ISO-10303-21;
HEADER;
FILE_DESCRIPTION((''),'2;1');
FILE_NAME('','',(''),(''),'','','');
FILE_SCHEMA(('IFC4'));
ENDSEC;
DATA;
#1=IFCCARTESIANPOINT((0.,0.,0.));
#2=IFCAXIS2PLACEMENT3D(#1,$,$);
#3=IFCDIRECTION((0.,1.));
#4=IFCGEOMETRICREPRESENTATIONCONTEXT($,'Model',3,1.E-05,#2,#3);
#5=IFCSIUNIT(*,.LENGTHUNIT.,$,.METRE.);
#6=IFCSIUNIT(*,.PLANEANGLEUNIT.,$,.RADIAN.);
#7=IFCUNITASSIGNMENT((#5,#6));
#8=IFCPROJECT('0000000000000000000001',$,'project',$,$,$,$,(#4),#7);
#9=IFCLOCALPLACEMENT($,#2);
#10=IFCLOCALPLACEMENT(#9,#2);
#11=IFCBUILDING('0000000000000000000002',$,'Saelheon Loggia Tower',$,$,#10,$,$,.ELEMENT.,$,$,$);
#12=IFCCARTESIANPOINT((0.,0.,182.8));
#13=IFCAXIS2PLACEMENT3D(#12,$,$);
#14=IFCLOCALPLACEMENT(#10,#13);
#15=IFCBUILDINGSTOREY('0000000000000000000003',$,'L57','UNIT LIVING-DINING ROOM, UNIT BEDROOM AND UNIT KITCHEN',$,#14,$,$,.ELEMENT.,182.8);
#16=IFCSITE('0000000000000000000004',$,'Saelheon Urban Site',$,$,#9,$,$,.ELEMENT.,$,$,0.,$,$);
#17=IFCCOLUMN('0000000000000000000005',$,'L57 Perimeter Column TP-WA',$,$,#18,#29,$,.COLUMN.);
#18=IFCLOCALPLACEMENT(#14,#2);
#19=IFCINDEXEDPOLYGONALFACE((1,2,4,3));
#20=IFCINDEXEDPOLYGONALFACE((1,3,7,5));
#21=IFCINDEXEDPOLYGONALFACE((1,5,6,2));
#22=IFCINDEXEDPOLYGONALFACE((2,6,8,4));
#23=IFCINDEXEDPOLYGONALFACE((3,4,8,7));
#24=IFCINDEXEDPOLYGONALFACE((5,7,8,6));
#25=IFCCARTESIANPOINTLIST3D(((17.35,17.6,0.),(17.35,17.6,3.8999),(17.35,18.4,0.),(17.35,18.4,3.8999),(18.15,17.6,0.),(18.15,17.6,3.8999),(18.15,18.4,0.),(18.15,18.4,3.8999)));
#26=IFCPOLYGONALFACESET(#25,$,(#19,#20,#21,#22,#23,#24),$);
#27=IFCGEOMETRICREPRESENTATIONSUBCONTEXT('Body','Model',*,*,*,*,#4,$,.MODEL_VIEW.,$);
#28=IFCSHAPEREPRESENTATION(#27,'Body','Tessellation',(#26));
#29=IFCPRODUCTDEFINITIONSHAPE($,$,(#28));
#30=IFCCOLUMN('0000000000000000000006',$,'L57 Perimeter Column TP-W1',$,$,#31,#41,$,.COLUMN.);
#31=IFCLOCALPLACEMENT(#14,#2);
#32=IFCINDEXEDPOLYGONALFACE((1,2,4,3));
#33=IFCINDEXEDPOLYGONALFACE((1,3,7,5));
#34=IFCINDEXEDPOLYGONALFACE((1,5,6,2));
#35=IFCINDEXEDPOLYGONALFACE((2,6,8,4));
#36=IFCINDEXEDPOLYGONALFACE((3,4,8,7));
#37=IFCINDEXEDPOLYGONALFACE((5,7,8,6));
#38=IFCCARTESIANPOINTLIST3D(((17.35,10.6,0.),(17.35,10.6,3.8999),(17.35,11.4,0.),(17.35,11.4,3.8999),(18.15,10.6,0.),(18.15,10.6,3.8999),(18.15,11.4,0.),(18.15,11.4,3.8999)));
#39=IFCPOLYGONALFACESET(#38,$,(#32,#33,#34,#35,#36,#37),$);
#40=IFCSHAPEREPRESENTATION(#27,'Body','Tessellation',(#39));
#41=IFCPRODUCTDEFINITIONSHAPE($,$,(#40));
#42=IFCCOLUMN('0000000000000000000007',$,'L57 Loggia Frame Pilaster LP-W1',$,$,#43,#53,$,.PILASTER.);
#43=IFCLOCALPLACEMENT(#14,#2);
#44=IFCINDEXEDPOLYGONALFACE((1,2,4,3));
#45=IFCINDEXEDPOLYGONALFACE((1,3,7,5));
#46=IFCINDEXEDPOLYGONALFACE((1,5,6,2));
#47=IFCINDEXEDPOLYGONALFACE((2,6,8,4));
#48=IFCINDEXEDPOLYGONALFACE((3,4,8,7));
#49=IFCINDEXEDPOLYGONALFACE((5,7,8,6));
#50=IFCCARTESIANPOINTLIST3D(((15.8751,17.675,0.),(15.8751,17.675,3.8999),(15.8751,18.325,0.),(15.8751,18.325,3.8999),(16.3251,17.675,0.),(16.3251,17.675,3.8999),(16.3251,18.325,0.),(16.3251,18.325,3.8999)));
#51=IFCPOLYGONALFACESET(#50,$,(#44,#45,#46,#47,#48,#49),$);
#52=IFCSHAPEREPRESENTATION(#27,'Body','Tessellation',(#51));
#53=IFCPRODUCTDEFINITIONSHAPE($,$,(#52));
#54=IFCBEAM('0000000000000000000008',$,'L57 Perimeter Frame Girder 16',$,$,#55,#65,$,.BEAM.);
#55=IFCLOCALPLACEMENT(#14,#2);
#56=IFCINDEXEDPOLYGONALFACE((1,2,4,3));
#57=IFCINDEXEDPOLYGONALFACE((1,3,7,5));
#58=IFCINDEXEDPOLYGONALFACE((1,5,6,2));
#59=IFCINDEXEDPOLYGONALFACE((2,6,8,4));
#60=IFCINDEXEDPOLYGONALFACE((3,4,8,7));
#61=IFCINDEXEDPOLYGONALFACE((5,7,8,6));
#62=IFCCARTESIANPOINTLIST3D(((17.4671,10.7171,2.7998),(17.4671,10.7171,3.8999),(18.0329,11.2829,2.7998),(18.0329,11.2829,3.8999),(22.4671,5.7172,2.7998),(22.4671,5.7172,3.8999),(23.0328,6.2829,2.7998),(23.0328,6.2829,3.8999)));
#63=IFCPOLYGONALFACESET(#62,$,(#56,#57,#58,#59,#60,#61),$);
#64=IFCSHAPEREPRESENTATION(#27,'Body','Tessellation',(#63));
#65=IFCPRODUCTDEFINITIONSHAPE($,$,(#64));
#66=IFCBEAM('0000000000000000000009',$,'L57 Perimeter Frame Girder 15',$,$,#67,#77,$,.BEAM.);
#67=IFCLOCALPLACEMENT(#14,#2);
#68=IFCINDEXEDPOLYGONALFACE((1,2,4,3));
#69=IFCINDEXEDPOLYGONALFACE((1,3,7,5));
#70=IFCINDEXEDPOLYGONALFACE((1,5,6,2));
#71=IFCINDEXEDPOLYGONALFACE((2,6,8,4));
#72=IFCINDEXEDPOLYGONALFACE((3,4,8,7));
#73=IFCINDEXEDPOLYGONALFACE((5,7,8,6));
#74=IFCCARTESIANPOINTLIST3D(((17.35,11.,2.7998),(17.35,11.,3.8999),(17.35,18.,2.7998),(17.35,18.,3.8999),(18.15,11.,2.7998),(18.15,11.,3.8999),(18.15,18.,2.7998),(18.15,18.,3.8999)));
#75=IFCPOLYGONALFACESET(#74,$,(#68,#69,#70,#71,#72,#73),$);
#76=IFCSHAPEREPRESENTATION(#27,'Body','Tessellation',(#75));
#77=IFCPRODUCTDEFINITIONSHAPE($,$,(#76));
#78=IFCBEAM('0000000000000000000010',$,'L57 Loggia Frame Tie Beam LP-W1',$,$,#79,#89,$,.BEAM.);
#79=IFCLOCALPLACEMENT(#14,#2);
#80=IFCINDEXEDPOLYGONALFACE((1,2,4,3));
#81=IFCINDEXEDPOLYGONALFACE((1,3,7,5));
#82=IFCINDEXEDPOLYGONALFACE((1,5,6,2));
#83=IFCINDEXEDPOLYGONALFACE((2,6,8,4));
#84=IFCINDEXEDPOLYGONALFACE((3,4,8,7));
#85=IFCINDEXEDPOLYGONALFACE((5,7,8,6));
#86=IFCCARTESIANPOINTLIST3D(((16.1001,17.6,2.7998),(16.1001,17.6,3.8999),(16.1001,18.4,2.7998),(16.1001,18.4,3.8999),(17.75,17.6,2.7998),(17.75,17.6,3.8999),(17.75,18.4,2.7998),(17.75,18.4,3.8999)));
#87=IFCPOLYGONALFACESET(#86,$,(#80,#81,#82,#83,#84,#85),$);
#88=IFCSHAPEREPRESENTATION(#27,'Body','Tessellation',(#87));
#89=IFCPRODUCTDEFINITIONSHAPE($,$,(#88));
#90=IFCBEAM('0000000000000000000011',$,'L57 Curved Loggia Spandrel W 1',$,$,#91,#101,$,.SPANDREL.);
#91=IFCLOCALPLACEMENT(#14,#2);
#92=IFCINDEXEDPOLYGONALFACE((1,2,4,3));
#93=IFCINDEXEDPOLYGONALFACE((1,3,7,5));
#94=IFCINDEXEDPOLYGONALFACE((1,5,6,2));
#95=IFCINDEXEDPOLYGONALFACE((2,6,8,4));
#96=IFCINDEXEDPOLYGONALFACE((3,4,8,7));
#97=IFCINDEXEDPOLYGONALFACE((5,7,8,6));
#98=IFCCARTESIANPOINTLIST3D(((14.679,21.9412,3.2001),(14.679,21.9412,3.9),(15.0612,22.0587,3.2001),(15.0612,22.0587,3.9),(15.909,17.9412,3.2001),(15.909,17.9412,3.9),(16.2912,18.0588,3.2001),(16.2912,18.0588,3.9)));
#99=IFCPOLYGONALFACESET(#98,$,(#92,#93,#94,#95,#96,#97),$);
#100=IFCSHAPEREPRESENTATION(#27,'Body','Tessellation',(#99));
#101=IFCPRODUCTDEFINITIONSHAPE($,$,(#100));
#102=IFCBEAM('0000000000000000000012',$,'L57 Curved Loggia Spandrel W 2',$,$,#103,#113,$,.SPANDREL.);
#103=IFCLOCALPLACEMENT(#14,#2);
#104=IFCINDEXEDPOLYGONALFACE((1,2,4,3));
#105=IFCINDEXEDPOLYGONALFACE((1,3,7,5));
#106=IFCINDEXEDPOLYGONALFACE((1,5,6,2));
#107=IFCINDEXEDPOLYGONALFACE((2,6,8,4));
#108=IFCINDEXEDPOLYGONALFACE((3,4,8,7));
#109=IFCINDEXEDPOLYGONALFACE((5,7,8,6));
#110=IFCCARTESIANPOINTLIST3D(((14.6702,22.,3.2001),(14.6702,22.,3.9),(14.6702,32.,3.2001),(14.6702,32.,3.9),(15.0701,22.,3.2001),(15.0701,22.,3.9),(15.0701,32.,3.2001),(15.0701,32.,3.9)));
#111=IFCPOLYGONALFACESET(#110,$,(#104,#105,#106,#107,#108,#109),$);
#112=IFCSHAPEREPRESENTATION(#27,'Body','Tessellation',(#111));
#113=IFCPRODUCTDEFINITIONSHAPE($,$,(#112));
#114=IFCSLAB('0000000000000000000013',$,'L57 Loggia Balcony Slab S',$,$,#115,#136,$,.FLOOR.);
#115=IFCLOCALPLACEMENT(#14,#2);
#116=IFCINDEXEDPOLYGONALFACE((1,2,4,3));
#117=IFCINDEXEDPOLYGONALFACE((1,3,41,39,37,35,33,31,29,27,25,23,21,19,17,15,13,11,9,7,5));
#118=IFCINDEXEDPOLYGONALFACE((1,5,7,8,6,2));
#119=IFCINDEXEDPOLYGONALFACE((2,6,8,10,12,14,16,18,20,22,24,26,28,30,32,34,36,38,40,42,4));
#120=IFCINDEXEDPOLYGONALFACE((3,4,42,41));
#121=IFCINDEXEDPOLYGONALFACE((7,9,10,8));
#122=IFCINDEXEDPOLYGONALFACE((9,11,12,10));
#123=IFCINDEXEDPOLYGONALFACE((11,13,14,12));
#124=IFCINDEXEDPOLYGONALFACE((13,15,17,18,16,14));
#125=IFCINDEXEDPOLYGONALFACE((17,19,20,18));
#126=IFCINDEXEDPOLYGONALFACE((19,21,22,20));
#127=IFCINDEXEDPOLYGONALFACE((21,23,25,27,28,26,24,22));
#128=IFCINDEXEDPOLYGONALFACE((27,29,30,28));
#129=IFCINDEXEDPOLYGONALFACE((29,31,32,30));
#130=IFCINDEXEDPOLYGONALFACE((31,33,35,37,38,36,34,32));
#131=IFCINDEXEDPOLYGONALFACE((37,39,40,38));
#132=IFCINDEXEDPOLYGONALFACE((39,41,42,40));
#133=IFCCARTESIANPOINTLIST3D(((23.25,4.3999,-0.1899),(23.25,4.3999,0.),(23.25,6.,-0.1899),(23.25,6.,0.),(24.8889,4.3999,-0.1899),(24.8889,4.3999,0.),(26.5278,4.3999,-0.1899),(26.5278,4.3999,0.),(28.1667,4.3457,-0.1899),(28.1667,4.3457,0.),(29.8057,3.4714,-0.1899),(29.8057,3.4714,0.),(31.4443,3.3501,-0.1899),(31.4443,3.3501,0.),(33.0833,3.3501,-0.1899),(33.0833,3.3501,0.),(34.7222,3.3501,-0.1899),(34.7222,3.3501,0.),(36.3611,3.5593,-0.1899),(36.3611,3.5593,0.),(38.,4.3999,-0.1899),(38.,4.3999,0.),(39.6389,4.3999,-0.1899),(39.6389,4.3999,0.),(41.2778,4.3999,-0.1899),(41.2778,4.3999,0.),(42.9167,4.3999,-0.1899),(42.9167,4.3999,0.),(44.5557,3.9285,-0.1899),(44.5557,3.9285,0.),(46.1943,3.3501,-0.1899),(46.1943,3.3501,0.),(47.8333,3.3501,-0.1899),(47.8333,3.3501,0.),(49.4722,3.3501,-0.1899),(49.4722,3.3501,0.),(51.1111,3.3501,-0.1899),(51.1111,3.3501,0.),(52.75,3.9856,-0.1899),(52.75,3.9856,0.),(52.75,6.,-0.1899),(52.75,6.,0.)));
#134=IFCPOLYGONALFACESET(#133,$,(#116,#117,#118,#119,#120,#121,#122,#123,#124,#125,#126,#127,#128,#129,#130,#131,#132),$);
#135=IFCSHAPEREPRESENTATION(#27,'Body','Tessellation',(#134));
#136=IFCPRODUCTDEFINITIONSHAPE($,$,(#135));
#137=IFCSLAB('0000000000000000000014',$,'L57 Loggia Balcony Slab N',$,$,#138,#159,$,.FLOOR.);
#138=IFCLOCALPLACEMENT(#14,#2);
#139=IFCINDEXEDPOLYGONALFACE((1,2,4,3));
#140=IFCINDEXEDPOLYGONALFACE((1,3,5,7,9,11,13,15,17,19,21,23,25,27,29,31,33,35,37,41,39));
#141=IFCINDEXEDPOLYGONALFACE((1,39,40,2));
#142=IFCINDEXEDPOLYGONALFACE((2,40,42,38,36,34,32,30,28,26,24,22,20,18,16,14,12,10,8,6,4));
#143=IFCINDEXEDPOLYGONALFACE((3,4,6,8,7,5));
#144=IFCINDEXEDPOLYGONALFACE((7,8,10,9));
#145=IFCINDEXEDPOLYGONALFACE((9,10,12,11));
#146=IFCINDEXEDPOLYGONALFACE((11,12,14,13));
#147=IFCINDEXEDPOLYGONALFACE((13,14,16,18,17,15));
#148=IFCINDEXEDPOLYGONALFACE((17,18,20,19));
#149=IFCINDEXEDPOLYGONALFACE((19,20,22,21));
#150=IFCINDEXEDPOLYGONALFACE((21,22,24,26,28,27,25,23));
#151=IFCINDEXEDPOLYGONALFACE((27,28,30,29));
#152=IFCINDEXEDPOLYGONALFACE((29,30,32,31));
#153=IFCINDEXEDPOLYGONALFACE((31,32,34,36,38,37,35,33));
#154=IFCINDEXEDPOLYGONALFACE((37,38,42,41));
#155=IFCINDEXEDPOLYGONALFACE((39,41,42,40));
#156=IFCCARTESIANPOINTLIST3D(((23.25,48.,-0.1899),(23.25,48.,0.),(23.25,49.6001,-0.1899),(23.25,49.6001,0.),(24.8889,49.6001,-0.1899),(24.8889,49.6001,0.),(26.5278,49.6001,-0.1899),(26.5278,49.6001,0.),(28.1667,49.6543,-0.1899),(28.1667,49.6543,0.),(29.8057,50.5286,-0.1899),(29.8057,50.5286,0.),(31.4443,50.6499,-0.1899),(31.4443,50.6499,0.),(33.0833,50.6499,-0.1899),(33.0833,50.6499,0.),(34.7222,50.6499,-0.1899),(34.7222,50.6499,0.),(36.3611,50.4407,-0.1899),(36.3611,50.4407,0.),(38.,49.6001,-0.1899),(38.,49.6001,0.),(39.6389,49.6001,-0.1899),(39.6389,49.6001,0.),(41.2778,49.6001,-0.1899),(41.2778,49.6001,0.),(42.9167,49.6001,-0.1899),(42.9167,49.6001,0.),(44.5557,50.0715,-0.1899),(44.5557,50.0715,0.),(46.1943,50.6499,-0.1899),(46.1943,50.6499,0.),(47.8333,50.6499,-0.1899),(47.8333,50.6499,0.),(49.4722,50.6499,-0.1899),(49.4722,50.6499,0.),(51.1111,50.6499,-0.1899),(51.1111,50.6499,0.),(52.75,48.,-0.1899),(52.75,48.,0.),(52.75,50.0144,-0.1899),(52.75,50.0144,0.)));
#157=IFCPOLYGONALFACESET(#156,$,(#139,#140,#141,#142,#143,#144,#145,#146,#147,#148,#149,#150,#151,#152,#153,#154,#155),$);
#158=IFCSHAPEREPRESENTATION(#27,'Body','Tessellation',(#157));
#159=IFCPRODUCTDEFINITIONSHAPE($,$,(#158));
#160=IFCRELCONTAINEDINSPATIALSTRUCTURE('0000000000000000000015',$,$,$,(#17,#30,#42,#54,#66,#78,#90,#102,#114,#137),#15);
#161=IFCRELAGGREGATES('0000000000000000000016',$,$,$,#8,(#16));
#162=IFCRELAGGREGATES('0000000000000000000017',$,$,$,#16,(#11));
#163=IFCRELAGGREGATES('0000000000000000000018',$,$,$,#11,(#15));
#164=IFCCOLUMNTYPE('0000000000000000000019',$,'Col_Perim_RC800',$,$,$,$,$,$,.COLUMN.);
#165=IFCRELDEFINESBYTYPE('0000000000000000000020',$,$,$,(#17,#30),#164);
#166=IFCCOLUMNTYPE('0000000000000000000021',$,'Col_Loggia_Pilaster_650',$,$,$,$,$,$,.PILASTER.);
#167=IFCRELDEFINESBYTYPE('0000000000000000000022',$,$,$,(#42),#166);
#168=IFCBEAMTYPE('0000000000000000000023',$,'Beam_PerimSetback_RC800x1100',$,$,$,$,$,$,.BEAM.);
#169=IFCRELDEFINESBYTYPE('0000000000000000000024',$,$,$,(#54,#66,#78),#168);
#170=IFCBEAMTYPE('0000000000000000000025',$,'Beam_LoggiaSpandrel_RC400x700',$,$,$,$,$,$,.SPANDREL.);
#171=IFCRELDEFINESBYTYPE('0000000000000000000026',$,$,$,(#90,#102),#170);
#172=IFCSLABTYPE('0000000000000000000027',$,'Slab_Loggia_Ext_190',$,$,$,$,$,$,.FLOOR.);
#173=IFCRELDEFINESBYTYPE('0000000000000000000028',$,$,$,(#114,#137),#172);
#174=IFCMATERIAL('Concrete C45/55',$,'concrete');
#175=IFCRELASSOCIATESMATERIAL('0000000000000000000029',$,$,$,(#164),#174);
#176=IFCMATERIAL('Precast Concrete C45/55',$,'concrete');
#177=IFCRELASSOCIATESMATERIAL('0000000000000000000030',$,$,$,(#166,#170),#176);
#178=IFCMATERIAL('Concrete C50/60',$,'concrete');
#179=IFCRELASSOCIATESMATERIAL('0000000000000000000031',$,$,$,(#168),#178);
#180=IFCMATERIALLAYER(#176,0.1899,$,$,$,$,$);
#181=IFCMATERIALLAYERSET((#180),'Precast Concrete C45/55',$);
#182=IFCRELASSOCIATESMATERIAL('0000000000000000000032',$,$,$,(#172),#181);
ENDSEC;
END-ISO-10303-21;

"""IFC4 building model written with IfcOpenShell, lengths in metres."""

from ifc_helpers import new_model, si_unit, direction, frame, origin, origin_2d, place, context, subcontext, project, spatial, polyline, rectangle, outline, extrude, source, transform, mapped, material, layer, layer_set, material_profile, profile_set, type_object, element, save


model = new_model("IFC4")

# Units and contexts
model_context = context("Model", 3, precision=1e-05, world=origin(), true_north=direction((0.0, 1.0)))
body_context = subcontext(model_context, "Body", "Model", "MODEL_VIEW")
ifc_project = project(units=[si_unit("LENGTHUNIT", "METRE"), si_unit("PLANEANGLEUNIT", "RADIAN")], contexts=[model_context])

# Site, building, storey
site_placement = place(None, origin())
site = spatial("IfcSite", under=ifc_project, at=site_placement, Name="Saelheon Urban Site", CompositionType="ELEMENT", RefElevation=0.0)
building_placement = place(site_placement, origin())
building = spatial("IfcBuilding", under=site, at=building_placement, Name="Saelheon Loggia Tower", CompositionType="ELEMENT")
storey_placement = place(building_placement, frame((0.0, 0.0, 182.8)))
storey = spatial("IfcBuildingStorey", under=building, at=storey_placement, Name="L57", Description="UNIT LIVING-DINING ROOM, UNIT BEDROOM AND UNIT KITCHEN", CompositionType="ELEMENT", Elevation=182.8)

# Columns
ifc_material_1 = material(Name="Concrete C45/55", Category="concrete")
ifc_material_profile_1 = material_profile(ifc_material_1, rectangle(XDim=0.8, YDim=0.8, at=origin_2d()), Name="RC-800x800")
ifc_profile_set_1 = profile_set([ifc_material_profile_1], Name="Concrete C45/55")
column_type_1 = type_object("IfcColumnType", Name="Col_Perim_RC800", PredefinedType="COLUMN", material=ifc_profile_set_1)
shared_shape_1 = source(origin(), body_context, "Body", "SweptSolid", [
    extrude(rectangle(XDim=0.8, YDim=0.8, at=origin_2d()), origin(), (0.0, 0.0, 1.0), 3.8999),
])
for number, where, z_axis, x_axis, name in (
    (1, (17.75, 18.0, 0.0), (0.0, 0.0, 1.0), (1.0, 0.0, 0.0), "L57 Perimeter Column TP-WA"),
    (2, (17.75, 11.0, 0.0), (0.0, 0.0, 1.0), (1.0, 0.0, 0.0), "L57 Perimeter Column TP-W1"),
):
    element("IfcColumn", number, at=place(storey_placement, frame(where, z_axis=z_axis, x_axis=x_axis)), inside=storey, type_object=column_type_1, Name=name, PredefinedType="COLUMN", context=body_context, shape_type="MappedRepresentation", body=[
        mapped(shared_shape_1, transform((0.0, 0.0, 0.0), scale=1.0)),
    ])
ifc_material_2 = material(Name="Precast Concrete C45/55", Category="concrete")
ifc_material_profile_2 = material_profile(ifc_material_2, rectangle(XDim=0.45, YDim=0.6499, at=origin_2d()), Name="RC-450x650")
ifc_profile_set_2 = profile_set([ifc_material_profile_2], Name="Precast Concrete C45/55")
column_type_2 = type_object("IfcColumnType", Name="Col_Loggia_Pilaster_650", PredefinedType="PILASTER", material=ifc_profile_set_2)
shared_shape_2 = source(origin(), body_context, "Body", "SweptSolid", [
    extrude(rectangle(XDim=0.45, YDim=0.6499, at=origin_2d()), origin(), (0.0, 0.0, 1.0), 3.8999),
])
column_placement = place(storey_placement, frame((16.1001, 18.0, 0.0), z_axis=(0.0, 0.0, 1.0), x_axis=(1.0, 0.0, 0.0)))
element("IfcColumn", 3, at=column_placement, inside=storey, type_object=column_type_2, Name="L57 Loggia Frame Pilaster LP-W1", PredefinedType="PILASTER", context=body_context, shape_type="MappedRepresentation", body=[
    mapped(shared_shape_2, transform((0.0, 0.0, 0.0), scale=1.0)),
])

# Beams
ifc_material_3 = material(Name="Concrete C50/60", Category="concrete")
ifc_material_profile_3 = material_profile(ifc_material_3, rectangle(XDim=0.8, YDim=1.1001, at=origin_2d()), Name="RC-800x1100")
ifc_profile_set_3 = profile_set([ifc_material_profile_3], Name="Concrete C50/60")
beam_type_1 = type_object("IfcBeamType", Name="Beam_PerimSetback_RC800x1100", PredefinedType="BEAM", material=ifc_profile_set_3)
shared_shape_3 = source(origin(), body_context, "Body", "SweptSolid", [
    extrude(rectangle(XDim=0.8, YDim=1.1001, at=origin_2d()), origin(), (0.0, 0.0, 1.0), 7.071),
])
beam_1_placement = place(storey_placement, frame((17.75, 11.0, 3.3499), z_axis=(0.707107, -0.707107, 0.0), x_axis=(0.707107, 0.707107, 0.0)))
element("IfcBeam", 4, at=beam_1_placement, inside=storey, type_object=beam_type_1, Name="L57 Perimeter Frame Girder 16", PredefinedType="BEAM", context=body_context, shape_type="MappedRepresentation", body=[
    mapped(shared_shape_3, transform((0.0, 0.0, 0.0), scale=1.0)),
])
shared_shape_4 = source(origin(), body_context, "Body", "SweptSolid", [
    extrude(rectangle(XDim=0.8, YDim=1.1001, at=origin_2d()), origin(), (0.0, 0.0, 1.0), 7.0),
])
beam_2_placement = place(storey_placement, frame((17.75, 18.0, 3.3499), z_axis=(0.0, -1.0, 0.0), x_axis=(1.0, 0.0, 0.0)))
element("IfcBeam", 5, at=beam_2_placement, inside=storey, type_object=beam_type_1, Name="L57 Perimeter Frame Girder 15", PredefinedType="BEAM", context=body_context, shape_type="MappedRepresentation", body=[
    mapped(shared_shape_4, transform((0.0, 0.0, 0.0), scale=1.0)),
])
shared_shape_5 = source(origin(), body_context, "Body", "SweptSolid", [
    extrude(rectangle(XDim=0.8, YDim=1.1001, at=origin_2d()), origin(), (0.0, 0.0, 1.0), 1.6499),
])
beam_3_placement = place(storey_placement, frame((17.75, 18.0, 3.3499), z_axis=(-1.0, 0.0, 0.0), x_axis=(0.0, -1.0, 0.0)))
element("IfcBeam", 6, at=beam_3_placement, inside=storey, type_object=beam_type_1, Name="L57 Loggia Frame Tie Beam LP-W1", PredefinedType="BEAM", context=body_context, shape_type="MappedRepresentation", body=[
    mapped(shared_shape_5, transform((0.0, 0.0, 0.0), scale=1.0)),
])
ifc_material_profile_4 = material_profile(ifc_material_2, rectangle(XDim=0.3999, YDim=0.7, at=origin_2d()), Name="RC-400x700")
ifc_profile_set_4 = profile_set([ifc_material_profile_4], Name="Precast Concrete C45/55")
beam_type_2 = type_object("IfcBeamType", Name="Beam_LoggiaSpandrel_RC400x700", PredefinedType="SPANDREL", material=ifc_profile_set_4)
shared_shape_6 = source(origin(), body_context, "Body", "SweptSolid", [
    extrude(rectangle(XDim=0.3999, YDim=0.7, at=origin_2d()), origin(), (0.0, 0.0, 1.0), 4.1848),
])
beam_4_placement = place(storey_placement, frame((16.1001, 18.0, 3.55), z_axis=(-0.293914, 0.955832, 0.0), x_axis=(-0.955832, -0.293914, 0.0)))
element("IfcBeam", 7, at=beam_4_placement, inside=storey, type_object=beam_type_2, Name="L57 Curved Loggia Spandrel W 1", PredefinedType="SPANDREL", context=body_context, shape_type="MappedRepresentation", body=[
    mapped(shared_shape_6, transform((0.0, 0.0, 0.0), scale=1.0)),
])
shared_shape_7 = source(origin(), body_context, "Body", "SweptSolid", [
    extrude(rectangle(XDim=0.3999, YDim=0.7, at=origin_2d()), origin(), (0.0, 0.0, 1.0), 10.0),
])
beam_5_placement = place(storey_placement, frame((14.8701, 22.0, 3.55), z_axis=(0.0, 1.0, 0.0), x_axis=(-1.0, 0.0, 0.0)))
element("IfcBeam", 8, at=beam_5_placement, inside=storey, type_object=beam_type_2, Name="L57 Curved Loggia Spandrel W 2", PredefinedType="SPANDREL", context=body_context, shape_type="MappedRepresentation", body=[
    mapped(shared_shape_7, transform((0.0, 0.0, 0.0), scale=1.0)),
])

# Slabs
ifc_layer_1 = layer(ifc_material_2, 0.1899)
ifc_layer_set_1 = layer_set([ifc_layer_1], Name="Precast Concrete C45/55")
slab_type_1 = type_object("IfcSlabType", Name="Slab_Loggia_Ext_190", PredefinedType="FLOOR", material=ifc_layer_set_1)
slab_1_placement = place(storey_placement, frame((0.0, 0.0, -0.1899)))
element("IfcSlab", 9, at=slab_1_placement, inside=storey, type_object=slab_type_1, Name="L57 Loggia Balcony Slab S", PredefinedType="FLOOR", context=body_context, shape_type="SweptSolid", body=[
    extrude(outline(polyline([(23.25, 4.3999), (24.8889, 4.3999), (26.5278, 4.3999), (28.1667, 4.3457), (29.8057, 3.4714), (31.4443, 3.3501), (33.0833, 3.3501), (34.7222, 3.3501), (36.3611, 3.5593), (38.0, 4.3999), (39.6389, 4.3999), (41.2778, 4.3999), (42.9167, 4.3999), (44.5557, 3.9285), (46.1943, 3.3501), (47.8333, 3.3501), (49.4722, 3.3501), (51.1111, 3.3501), (52.75, 3.9856), (52.75, 6.0), (23.25, 6.0), (23.25, 4.3999)])), origin(), (0.0, 0.0, 1.0), 0.1899),
])
slab_2_placement = place(storey_placement, frame((0.0, 0.0, -0.1899)))
element("IfcSlab", 10, at=slab_2_placement, inside=storey, type_object=slab_type_1, Name="L57 Loggia Balcony Slab N", PredefinedType="FLOOR", context=body_context, shape_type="SweptSolid", body=[
    extrude(outline(polyline([(23.25, 48.0), (52.75, 48.0), (52.75, 50.0144), (51.1111, 50.6499), (49.4722, 50.6499), (47.8333, 50.6499), (46.1943, 50.6499), (44.5557, 50.0715), (42.9167, 49.6001), (41.2778, 49.6001), (39.6389, 49.6001), (38.0, 49.6001), (36.3611, 50.4407), (34.7222, 50.6499), (33.0833, 50.6499), (31.4443, 50.6499), (29.8057, 50.5286), (28.1667, 49.6543), (26.5278, 49.6001), (24.8889, 49.6001), (23.25, 49.6001), (23.25, 48.0)])), origin(), (0.0, 0.0, 1.0), 0.1899),
])

save(model, "model.ifc")
